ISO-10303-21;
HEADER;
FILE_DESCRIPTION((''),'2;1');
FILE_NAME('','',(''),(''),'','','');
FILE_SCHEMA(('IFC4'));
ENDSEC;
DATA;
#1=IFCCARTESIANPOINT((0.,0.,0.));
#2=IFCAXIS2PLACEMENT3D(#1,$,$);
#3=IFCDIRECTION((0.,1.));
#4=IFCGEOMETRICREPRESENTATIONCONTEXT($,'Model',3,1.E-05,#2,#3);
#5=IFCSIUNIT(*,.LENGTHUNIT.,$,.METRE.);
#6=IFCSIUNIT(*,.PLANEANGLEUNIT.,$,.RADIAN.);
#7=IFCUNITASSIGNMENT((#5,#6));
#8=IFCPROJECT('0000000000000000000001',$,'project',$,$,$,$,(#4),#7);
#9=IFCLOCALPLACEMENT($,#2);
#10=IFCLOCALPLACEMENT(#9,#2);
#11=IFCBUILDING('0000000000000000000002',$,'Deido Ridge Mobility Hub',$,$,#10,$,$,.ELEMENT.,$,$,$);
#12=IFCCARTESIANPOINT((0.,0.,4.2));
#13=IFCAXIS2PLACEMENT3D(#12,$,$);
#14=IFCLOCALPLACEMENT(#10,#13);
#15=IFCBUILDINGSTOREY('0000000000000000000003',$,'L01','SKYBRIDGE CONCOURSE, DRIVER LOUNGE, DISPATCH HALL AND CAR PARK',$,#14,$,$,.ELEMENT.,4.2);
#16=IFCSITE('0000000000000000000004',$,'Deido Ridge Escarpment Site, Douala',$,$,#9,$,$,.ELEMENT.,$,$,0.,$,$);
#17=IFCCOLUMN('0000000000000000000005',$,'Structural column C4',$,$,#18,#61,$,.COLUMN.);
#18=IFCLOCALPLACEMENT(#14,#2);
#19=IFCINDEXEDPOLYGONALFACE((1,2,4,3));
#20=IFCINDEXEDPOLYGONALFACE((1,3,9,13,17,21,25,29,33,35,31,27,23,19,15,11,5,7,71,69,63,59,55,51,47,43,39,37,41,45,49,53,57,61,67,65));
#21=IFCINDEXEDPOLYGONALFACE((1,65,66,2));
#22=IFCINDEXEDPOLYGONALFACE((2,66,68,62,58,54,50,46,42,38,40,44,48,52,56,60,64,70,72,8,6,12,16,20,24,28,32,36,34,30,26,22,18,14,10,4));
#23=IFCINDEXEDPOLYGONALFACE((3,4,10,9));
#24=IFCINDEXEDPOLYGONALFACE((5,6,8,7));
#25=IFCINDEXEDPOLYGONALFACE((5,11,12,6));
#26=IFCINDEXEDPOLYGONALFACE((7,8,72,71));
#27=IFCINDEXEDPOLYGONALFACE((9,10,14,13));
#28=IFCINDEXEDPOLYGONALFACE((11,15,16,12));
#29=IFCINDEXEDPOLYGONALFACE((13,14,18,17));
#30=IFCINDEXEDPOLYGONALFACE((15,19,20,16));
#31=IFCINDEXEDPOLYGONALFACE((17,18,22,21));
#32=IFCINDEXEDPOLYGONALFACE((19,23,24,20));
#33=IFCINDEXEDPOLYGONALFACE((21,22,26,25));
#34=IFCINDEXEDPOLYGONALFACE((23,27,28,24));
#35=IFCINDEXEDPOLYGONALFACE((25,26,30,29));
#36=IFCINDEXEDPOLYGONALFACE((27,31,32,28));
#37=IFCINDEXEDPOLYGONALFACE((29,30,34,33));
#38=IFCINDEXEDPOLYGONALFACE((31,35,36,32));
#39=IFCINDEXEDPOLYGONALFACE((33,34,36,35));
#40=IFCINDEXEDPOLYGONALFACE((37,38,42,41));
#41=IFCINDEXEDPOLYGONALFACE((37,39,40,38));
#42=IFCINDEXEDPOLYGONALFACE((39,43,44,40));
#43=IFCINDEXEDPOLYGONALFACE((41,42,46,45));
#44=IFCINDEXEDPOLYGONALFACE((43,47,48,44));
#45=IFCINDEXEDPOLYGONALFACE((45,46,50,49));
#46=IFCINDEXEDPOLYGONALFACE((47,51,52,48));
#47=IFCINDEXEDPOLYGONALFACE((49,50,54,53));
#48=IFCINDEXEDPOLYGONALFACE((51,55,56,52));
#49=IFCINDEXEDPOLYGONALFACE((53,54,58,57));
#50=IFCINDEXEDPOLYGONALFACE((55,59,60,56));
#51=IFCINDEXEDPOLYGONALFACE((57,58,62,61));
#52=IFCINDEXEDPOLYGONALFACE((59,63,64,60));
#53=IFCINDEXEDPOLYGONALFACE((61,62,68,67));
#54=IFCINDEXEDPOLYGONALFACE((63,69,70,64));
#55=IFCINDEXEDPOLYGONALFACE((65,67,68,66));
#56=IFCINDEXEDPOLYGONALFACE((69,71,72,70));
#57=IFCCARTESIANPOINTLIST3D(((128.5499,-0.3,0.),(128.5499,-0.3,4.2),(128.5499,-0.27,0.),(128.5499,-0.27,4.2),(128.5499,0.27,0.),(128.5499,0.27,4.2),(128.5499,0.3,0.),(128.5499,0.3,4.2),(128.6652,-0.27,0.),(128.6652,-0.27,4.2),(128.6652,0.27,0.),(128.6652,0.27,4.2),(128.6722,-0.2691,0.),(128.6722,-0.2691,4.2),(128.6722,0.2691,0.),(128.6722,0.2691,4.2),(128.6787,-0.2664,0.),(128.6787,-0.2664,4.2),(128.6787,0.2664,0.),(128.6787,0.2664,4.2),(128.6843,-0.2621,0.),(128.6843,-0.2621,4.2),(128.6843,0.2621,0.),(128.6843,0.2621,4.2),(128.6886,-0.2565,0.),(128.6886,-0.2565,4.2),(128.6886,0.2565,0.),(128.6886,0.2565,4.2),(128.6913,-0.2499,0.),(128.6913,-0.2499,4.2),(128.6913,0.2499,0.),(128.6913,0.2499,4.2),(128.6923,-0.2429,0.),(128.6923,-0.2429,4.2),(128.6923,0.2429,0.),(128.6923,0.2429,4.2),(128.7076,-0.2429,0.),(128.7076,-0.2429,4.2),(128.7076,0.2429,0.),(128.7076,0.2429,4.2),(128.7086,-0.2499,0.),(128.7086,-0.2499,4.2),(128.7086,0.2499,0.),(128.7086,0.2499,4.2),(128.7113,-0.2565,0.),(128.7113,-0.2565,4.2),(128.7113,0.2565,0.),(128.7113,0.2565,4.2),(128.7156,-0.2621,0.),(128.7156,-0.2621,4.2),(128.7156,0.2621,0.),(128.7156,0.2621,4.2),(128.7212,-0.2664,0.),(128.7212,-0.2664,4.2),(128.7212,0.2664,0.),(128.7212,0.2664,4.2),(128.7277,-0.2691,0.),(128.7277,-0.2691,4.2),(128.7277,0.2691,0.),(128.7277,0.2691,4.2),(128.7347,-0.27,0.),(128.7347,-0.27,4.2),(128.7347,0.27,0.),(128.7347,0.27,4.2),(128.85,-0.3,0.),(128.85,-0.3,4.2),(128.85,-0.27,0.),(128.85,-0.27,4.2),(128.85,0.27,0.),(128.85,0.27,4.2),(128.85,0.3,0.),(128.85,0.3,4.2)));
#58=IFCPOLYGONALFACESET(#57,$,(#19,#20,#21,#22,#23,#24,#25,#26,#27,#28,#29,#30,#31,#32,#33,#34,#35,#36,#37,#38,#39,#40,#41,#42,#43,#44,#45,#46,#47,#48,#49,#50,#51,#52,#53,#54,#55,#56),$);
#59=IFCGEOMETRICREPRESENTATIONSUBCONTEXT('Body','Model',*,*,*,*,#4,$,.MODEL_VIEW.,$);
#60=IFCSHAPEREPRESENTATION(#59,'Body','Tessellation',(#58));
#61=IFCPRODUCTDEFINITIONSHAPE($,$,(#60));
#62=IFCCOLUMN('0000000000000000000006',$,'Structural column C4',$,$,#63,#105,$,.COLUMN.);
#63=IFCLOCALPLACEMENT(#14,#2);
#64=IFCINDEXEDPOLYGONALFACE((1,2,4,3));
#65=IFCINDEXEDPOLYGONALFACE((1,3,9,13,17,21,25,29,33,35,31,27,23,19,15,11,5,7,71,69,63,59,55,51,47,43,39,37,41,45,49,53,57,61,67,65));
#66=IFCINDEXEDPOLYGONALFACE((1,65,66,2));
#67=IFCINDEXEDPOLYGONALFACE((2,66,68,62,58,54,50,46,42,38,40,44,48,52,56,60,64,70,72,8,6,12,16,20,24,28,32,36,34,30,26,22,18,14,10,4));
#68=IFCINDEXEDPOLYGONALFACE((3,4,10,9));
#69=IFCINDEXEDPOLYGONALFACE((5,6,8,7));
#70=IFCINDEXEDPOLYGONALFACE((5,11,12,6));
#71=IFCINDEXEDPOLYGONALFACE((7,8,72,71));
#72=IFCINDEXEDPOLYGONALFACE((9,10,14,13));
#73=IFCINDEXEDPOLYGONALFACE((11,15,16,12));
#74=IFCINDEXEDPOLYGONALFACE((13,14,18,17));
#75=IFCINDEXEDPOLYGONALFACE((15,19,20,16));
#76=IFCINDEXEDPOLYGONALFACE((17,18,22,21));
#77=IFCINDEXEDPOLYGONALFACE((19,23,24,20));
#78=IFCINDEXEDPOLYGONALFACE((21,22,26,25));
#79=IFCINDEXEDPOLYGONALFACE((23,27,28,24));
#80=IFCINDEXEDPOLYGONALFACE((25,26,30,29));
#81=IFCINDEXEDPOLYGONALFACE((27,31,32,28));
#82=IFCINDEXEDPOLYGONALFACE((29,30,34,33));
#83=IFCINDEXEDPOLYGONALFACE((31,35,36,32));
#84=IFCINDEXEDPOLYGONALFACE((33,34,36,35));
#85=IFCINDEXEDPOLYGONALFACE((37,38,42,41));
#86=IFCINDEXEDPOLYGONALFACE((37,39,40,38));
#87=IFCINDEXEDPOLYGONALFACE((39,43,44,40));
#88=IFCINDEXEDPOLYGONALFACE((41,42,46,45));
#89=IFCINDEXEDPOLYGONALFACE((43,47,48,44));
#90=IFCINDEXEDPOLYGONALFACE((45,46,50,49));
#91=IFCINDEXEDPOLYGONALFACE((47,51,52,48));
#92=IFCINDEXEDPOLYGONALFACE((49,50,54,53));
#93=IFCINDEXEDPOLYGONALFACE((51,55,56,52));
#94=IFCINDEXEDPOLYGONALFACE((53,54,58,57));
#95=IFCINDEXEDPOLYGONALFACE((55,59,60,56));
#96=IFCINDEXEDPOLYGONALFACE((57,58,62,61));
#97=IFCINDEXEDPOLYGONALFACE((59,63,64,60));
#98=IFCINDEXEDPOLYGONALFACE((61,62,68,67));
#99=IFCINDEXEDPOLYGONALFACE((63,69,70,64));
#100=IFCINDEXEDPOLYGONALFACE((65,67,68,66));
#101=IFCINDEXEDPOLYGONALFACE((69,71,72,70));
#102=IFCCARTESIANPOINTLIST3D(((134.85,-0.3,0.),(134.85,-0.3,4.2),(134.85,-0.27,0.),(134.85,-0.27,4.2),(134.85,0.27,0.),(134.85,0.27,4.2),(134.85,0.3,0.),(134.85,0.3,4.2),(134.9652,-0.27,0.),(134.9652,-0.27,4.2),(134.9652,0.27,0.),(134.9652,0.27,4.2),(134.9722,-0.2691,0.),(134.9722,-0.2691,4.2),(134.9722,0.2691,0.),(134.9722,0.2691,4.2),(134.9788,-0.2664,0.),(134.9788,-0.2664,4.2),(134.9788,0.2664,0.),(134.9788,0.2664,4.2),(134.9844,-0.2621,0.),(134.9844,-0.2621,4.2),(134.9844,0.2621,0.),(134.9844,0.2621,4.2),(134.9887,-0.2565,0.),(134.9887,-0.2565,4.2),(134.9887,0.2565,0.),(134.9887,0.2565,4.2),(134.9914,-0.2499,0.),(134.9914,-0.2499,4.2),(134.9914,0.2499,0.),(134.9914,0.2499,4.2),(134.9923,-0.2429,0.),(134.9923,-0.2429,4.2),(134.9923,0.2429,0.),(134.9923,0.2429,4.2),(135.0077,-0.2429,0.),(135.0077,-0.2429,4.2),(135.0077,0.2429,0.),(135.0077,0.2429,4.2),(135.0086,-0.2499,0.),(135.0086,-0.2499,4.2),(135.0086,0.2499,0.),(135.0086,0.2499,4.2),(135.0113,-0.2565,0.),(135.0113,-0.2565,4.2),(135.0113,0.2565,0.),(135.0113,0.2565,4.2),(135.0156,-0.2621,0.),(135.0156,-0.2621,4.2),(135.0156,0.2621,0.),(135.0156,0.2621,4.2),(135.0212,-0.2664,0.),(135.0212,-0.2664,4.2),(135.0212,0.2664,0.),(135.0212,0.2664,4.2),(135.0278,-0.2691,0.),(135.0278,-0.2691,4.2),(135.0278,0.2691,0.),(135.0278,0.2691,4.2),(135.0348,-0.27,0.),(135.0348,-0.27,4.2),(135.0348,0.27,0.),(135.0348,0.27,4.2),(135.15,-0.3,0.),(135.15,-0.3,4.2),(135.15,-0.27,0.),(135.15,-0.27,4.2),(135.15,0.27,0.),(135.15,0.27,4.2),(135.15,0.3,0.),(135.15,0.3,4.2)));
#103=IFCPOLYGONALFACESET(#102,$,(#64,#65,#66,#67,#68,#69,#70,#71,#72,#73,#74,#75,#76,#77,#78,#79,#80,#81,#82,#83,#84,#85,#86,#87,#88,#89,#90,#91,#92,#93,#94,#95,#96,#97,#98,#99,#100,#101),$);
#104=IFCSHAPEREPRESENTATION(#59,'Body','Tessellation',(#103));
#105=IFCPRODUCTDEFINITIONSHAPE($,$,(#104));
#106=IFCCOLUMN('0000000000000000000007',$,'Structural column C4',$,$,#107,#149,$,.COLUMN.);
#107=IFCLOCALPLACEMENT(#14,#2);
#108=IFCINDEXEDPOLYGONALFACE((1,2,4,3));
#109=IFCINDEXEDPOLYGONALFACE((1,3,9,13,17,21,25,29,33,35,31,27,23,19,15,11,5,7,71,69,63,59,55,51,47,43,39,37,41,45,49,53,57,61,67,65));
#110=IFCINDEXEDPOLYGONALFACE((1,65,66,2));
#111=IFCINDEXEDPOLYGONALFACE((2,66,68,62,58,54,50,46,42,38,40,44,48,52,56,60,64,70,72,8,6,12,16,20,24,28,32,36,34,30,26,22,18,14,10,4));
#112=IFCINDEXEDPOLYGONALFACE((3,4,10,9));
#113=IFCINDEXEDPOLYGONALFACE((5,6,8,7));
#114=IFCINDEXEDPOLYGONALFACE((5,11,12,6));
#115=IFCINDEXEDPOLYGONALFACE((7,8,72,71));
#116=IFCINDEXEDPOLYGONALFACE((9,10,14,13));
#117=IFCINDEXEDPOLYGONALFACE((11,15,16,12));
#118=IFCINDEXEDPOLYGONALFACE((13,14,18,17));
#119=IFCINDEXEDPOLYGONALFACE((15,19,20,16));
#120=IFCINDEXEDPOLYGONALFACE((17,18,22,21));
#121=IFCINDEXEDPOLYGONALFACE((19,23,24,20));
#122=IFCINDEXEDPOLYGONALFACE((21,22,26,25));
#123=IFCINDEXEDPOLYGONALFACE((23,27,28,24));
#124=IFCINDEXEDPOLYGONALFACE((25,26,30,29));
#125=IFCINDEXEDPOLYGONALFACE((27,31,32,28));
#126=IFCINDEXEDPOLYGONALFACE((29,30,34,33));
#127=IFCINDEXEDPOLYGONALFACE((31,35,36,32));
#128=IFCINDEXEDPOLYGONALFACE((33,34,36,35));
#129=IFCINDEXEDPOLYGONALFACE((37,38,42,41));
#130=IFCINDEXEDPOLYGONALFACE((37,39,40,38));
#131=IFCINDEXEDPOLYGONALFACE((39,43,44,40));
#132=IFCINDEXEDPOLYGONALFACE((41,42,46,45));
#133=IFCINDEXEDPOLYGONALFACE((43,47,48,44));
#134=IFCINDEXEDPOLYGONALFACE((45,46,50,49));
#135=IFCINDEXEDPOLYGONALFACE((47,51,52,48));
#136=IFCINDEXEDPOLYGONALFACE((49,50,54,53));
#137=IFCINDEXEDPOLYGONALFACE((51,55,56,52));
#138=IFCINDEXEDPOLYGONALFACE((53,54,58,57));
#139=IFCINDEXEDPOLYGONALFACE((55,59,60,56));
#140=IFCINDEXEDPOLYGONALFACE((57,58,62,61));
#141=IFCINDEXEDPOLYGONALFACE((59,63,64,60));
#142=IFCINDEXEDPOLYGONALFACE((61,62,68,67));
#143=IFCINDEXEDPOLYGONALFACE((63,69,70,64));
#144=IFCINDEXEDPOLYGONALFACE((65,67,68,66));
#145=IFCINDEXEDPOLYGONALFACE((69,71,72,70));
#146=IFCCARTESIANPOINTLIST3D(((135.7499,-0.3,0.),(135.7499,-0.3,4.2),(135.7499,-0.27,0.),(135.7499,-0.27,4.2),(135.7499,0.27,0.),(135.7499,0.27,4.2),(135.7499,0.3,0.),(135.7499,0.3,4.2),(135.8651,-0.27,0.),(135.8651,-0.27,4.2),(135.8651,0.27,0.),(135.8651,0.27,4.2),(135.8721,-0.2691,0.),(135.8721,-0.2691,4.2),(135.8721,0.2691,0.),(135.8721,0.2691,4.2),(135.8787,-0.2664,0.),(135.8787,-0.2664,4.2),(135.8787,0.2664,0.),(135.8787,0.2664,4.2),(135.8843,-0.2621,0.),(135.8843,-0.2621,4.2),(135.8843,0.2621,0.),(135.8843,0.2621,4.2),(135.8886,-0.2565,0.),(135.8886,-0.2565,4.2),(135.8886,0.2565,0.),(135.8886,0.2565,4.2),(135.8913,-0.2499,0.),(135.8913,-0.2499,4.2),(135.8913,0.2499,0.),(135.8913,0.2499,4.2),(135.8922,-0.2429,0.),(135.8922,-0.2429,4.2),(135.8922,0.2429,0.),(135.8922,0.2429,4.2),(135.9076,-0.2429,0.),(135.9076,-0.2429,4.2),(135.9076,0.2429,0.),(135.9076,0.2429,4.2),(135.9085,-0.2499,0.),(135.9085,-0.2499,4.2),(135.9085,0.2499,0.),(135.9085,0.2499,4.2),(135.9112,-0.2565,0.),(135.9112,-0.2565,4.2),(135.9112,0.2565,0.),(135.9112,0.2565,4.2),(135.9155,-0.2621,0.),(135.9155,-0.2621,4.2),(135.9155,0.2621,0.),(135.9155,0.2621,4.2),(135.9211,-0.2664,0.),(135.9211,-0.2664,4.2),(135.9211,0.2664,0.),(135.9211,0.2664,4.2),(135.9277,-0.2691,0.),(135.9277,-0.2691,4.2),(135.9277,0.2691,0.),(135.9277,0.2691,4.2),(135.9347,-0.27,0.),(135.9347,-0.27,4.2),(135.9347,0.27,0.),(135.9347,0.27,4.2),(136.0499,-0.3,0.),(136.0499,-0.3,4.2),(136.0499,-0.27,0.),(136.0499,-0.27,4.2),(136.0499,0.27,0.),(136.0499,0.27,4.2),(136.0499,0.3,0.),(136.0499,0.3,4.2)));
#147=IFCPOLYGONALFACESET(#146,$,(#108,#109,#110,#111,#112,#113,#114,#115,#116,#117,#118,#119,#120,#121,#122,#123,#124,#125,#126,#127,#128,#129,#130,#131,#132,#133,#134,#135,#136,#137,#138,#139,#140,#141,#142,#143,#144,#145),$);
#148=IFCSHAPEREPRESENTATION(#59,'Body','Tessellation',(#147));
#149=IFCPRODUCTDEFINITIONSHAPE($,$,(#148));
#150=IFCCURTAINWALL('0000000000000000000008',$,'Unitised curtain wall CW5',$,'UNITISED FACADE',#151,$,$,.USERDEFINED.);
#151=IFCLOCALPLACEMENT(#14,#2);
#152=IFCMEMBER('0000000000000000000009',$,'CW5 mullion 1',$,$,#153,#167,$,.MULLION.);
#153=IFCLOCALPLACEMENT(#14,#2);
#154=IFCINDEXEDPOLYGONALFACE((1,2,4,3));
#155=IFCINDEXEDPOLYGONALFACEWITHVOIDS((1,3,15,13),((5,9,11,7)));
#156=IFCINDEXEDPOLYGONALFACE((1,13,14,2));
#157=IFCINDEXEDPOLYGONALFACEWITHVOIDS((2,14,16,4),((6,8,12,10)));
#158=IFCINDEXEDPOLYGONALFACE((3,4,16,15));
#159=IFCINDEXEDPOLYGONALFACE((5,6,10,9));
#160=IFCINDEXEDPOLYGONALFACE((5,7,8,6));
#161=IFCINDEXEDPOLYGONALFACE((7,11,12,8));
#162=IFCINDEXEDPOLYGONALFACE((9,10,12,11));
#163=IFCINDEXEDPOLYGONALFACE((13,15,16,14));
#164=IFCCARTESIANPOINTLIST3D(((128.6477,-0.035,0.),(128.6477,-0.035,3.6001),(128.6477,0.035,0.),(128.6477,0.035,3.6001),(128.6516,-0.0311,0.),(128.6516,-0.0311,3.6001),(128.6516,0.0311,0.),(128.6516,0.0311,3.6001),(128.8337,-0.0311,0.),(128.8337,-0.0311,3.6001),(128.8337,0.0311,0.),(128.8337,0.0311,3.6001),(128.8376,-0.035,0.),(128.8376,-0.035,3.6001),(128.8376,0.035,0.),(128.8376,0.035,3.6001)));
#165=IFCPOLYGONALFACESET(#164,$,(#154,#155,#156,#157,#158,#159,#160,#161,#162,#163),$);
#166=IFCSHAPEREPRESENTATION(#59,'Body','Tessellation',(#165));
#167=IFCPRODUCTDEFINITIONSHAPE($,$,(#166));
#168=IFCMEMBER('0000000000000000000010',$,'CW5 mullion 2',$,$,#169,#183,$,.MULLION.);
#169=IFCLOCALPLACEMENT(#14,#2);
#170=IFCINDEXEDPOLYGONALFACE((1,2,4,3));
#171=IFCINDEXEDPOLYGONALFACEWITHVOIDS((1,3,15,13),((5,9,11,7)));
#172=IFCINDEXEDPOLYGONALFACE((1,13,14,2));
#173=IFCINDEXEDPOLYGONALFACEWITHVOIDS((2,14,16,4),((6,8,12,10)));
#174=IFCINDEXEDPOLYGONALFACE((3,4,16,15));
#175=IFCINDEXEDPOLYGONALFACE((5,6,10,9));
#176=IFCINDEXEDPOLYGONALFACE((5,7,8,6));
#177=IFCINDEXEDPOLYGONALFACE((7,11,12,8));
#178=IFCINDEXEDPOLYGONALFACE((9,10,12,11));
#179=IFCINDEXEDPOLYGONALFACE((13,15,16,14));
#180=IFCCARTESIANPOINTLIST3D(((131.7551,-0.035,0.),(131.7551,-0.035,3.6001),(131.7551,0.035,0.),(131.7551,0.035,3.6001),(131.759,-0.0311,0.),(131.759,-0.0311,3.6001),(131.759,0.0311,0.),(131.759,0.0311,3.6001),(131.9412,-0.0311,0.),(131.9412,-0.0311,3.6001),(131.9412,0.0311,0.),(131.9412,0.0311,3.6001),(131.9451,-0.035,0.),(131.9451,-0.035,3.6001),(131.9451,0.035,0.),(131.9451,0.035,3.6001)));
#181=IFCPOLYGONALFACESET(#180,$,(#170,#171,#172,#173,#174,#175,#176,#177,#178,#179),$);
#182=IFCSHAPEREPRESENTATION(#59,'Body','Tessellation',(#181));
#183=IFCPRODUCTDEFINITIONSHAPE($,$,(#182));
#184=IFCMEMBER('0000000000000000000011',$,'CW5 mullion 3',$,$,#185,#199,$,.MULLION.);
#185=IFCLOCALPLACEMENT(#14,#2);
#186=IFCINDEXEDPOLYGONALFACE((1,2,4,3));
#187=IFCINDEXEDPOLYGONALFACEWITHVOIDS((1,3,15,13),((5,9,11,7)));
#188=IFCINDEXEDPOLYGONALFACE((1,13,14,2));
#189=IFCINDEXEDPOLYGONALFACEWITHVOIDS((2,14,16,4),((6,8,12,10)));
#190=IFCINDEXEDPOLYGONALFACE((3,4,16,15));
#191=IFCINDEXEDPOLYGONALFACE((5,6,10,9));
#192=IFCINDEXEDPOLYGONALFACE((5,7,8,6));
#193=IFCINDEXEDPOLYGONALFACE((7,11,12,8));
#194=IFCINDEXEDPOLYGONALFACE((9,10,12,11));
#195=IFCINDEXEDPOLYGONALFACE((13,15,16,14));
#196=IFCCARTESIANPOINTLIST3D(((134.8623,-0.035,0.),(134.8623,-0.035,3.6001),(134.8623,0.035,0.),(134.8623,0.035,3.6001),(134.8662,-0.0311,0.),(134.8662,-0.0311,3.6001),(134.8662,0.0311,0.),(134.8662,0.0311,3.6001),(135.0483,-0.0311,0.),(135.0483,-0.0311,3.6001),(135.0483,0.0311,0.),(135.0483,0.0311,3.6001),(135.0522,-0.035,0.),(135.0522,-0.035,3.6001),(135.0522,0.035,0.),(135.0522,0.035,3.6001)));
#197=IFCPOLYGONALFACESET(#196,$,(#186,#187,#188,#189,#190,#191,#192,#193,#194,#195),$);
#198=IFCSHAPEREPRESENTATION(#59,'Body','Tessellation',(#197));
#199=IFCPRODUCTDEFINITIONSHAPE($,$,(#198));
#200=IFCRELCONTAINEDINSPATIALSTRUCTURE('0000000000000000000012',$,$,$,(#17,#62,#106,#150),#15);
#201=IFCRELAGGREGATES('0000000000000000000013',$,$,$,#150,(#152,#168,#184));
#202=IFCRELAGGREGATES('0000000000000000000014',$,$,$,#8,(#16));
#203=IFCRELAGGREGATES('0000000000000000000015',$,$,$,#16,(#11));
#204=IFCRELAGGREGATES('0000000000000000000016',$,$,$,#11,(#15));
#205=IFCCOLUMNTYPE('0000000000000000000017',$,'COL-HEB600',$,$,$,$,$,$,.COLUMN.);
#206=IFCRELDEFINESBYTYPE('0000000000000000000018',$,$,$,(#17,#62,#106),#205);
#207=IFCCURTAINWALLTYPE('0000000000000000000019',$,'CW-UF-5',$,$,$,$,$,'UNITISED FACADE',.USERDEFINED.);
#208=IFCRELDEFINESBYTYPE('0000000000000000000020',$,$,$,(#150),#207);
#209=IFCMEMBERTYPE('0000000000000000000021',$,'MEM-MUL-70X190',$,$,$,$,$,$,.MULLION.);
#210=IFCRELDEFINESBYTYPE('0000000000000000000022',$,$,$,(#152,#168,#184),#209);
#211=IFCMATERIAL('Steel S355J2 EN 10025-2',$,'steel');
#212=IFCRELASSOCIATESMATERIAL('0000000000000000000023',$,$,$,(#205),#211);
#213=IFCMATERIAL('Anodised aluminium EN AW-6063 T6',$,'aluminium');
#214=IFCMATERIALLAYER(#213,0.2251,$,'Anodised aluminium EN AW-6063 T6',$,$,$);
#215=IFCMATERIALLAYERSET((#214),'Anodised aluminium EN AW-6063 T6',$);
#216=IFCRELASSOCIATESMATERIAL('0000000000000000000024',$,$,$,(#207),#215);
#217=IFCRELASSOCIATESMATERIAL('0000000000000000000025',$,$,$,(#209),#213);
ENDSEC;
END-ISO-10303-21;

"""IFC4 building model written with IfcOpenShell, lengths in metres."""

from ifc_helpers import new_model, si_unit, direction, frame, origin, origin_2d, place, context, subcontext, project, spatial, hollow_rectangle, i_section, extrude, material, layer, layer_set, material_profile, profile_set, type_object, element, aggregate, save


model = new_model("IFC4")

# Units and contexts
model_context = context("Model", 3, precision=1e-05, world=origin(), true_north=direction((0.0, 1.0)))
body_context = subcontext(model_context, "Body", "Model", "MODEL_VIEW")
ifc_project = project(units=[si_unit("LENGTHUNIT", "METRE"), si_unit("PLANEANGLEUNIT", "RADIAN")], contexts=[model_context])

# Site, building, storey
site_placement = place(None, origin())
site = spatial("IfcSite", under=ifc_project, at=site_placement, Name="Deido Ridge Escarpment Site, Douala", CompositionType="ELEMENT", RefElevation=0.0)
building_placement = place(site_placement, origin())
building = spatial("IfcBuilding", under=site, at=building_placement, Name="Deido Ridge Mobility Hub", CompositionType="ELEMENT")
storey_placement = place(building_placement, frame((0.0, 0.0, 4.2)))
storey = spatial("IfcBuildingStorey", under=building, at=storey_placement, Name="L01", Description="SKYBRIDGE CONCOURSE, DRIVER LOUNGE, DISPATCH HALL AND CAR PARK", CompositionType="ELEMENT", Elevation=4.2)

# Columns
ifc_material_1 = material(Name="Steel S355J2 EN 10025-2", Category="steel")
ifc_material_profile_1 = material_profile(ifc_material_1, i_section(OverallWidth=0.3, OverallDepth=0.6001, WebThickness=0.0154, FlangeThickness=0.03, FilletRadius=0.0271, at=origin_2d()), Name="HEB 600")
ifc_profile_set_1 = profile_set([ifc_material_profile_1], Name="Steel S355J2 EN 10025-2")
column_type = type_object("IfcColumnType", Name="COL-HEB600", PredefinedType="COLUMN", material=ifc_profile_set_1)
for number, where, z_axis, x_axis, name in (
    (1, (128.7, 0.0, 0.0), (0.0, 0.0, 1.0), (1.0, 0.0, 0.0), "Structural column C4"),
    (2, (135.0, 0.0, 0.0), (0.0, 0.0, 1.0), (1.0, 0.0, 0.0), "Structural column C4"),
    (3, (135.8999, 0.0, 0.0), (0.0, 0.0, 1.0), (1.0, 0.0, 0.0), "Structural column C4"),
):
    element("IfcColumn", number, at=place(storey_placement, frame(where, z_axis=z_axis, x_axis=x_axis)), inside=storey, type_object=column_type, Name=name, PredefinedType="COLUMN", context=body_context, shape_type="SweptSolid", body=[
        extrude(i_section(OverallWidth=0.3, OverallDepth=0.6001, WebThickness=0.0154, FlangeThickness=0.03, FilletRadius=0.0271, at=origin_2d()), origin(), (0.0, 0.0, 1.0), 4.2),
    ])

# Curtain wall, members
ifc_material_2 = material(Name="Anodised aluminium EN AW-6063 T6", Category="aluminium")
ifc_layer_1 = layer(ifc_material_2, 0.2251, Name="Anodised aluminium EN AW-6063 T6")
ifc_layer_set_1 = layer_set([ifc_layer_1], Name="Anodised aluminium EN AW-6063 T6")
curtain_wall_type_1 = type_object("IfcCurtainWallType", Name="CW-UF-5", ElementType="UNITISED FACADE", PredefinedType="USERDEFINED", material=ifc_layer_set_1)
curtain_wall_1_placement = place(storey_placement, origin())
curtain_wall_1 = element("IfcCurtainWall", 4, at=curtain_wall_1_placement, inside=storey, type_object=curtain_wall_type_1, Name="Unitised curtain wall CW5", ObjectType="UNITISED FACADE", PredefinedType="USERDEFINED")
ifc_material_profile_2 = material_profile(ifc_material_2, hollow_rectangle(XDim=0.0701, YDim=0.1899, WallThickness=0.0039, at=origin_2d()), Name="RHS 70x190x4")
ifc_profile_set_2 = profile_set([ifc_material_profile_2], Name="Anodised aluminium EN AW-6063 T6")
member_type_1 = type_object("IfcMemberType", Name="MEM-MUL-70X190", PredefinedType="MULLION", material=ifc_profile_set_2)
member_1_placement = place(storey_placement, frame((128.7427, 0.0, 0.0), z_axis=(0.0, 0.0, 1.0), x_axis=(0.0, 1.0, 0.0)))
member_1 = element("IfcMember", 5, at=member_1_placement, type_object=member_type_1, Name="CW5 mullion 1", PredefinedType="MULLION", context=body_context, shape_type="SweptSolid", body=[
    extrude(hollow_rectangle(XDim=0.0701, YDim=0.1899, WallThickness=0.0039, at=origin_2d()), origin(), (0.0, 0.0, 1.0), 3.6001),
])
member_2_placement = place(storey_placement, frame((131.8501, 0.0, 0.0), z_axis=(0.0, 0.0, 1.0), x_axis=(0.0, 1.0, 0.0)))
member_2 = element("IfcMember", 6, at=member_2_placement, type_object=member_type_1, Name="CW5 mullion 2", PredefinedType="MULLION", context=body_context, shape_type="SweptSolid", body=[
    extrude(hollow_rectangle(XDim=0.0701, YDim=0.1899, WallThickness=0.0039, at=origin_2d()), origin(), (0.0, 0.0, 1.0), 3.6001),
])
member_3_placement = place(storey_placement, frame((134.9573, 0.0, 0.0), z_axis=(0.0, 0.0, 1.0), x_axis=(0.0, 1.0, 0.0)))
member_3 = element("IfcMember", 7, at=member_3_placement, type_object=member_type_1, Name="CW5 mullion 3", PredefinedType="MULLION", context=body_context, shape_type="SweptSolid", body=[
    extrude(hollow_rectangle(XDim=0.0701, YDim=0.1899, WallThickness=0.0039, at=origin_2d()), origin(), (0.0, 0.0, 1.0), 3.6001),
])

aggregate(curtain_wall_1, [member_1, member_2, member_3])

save(model, "model.ifc")
